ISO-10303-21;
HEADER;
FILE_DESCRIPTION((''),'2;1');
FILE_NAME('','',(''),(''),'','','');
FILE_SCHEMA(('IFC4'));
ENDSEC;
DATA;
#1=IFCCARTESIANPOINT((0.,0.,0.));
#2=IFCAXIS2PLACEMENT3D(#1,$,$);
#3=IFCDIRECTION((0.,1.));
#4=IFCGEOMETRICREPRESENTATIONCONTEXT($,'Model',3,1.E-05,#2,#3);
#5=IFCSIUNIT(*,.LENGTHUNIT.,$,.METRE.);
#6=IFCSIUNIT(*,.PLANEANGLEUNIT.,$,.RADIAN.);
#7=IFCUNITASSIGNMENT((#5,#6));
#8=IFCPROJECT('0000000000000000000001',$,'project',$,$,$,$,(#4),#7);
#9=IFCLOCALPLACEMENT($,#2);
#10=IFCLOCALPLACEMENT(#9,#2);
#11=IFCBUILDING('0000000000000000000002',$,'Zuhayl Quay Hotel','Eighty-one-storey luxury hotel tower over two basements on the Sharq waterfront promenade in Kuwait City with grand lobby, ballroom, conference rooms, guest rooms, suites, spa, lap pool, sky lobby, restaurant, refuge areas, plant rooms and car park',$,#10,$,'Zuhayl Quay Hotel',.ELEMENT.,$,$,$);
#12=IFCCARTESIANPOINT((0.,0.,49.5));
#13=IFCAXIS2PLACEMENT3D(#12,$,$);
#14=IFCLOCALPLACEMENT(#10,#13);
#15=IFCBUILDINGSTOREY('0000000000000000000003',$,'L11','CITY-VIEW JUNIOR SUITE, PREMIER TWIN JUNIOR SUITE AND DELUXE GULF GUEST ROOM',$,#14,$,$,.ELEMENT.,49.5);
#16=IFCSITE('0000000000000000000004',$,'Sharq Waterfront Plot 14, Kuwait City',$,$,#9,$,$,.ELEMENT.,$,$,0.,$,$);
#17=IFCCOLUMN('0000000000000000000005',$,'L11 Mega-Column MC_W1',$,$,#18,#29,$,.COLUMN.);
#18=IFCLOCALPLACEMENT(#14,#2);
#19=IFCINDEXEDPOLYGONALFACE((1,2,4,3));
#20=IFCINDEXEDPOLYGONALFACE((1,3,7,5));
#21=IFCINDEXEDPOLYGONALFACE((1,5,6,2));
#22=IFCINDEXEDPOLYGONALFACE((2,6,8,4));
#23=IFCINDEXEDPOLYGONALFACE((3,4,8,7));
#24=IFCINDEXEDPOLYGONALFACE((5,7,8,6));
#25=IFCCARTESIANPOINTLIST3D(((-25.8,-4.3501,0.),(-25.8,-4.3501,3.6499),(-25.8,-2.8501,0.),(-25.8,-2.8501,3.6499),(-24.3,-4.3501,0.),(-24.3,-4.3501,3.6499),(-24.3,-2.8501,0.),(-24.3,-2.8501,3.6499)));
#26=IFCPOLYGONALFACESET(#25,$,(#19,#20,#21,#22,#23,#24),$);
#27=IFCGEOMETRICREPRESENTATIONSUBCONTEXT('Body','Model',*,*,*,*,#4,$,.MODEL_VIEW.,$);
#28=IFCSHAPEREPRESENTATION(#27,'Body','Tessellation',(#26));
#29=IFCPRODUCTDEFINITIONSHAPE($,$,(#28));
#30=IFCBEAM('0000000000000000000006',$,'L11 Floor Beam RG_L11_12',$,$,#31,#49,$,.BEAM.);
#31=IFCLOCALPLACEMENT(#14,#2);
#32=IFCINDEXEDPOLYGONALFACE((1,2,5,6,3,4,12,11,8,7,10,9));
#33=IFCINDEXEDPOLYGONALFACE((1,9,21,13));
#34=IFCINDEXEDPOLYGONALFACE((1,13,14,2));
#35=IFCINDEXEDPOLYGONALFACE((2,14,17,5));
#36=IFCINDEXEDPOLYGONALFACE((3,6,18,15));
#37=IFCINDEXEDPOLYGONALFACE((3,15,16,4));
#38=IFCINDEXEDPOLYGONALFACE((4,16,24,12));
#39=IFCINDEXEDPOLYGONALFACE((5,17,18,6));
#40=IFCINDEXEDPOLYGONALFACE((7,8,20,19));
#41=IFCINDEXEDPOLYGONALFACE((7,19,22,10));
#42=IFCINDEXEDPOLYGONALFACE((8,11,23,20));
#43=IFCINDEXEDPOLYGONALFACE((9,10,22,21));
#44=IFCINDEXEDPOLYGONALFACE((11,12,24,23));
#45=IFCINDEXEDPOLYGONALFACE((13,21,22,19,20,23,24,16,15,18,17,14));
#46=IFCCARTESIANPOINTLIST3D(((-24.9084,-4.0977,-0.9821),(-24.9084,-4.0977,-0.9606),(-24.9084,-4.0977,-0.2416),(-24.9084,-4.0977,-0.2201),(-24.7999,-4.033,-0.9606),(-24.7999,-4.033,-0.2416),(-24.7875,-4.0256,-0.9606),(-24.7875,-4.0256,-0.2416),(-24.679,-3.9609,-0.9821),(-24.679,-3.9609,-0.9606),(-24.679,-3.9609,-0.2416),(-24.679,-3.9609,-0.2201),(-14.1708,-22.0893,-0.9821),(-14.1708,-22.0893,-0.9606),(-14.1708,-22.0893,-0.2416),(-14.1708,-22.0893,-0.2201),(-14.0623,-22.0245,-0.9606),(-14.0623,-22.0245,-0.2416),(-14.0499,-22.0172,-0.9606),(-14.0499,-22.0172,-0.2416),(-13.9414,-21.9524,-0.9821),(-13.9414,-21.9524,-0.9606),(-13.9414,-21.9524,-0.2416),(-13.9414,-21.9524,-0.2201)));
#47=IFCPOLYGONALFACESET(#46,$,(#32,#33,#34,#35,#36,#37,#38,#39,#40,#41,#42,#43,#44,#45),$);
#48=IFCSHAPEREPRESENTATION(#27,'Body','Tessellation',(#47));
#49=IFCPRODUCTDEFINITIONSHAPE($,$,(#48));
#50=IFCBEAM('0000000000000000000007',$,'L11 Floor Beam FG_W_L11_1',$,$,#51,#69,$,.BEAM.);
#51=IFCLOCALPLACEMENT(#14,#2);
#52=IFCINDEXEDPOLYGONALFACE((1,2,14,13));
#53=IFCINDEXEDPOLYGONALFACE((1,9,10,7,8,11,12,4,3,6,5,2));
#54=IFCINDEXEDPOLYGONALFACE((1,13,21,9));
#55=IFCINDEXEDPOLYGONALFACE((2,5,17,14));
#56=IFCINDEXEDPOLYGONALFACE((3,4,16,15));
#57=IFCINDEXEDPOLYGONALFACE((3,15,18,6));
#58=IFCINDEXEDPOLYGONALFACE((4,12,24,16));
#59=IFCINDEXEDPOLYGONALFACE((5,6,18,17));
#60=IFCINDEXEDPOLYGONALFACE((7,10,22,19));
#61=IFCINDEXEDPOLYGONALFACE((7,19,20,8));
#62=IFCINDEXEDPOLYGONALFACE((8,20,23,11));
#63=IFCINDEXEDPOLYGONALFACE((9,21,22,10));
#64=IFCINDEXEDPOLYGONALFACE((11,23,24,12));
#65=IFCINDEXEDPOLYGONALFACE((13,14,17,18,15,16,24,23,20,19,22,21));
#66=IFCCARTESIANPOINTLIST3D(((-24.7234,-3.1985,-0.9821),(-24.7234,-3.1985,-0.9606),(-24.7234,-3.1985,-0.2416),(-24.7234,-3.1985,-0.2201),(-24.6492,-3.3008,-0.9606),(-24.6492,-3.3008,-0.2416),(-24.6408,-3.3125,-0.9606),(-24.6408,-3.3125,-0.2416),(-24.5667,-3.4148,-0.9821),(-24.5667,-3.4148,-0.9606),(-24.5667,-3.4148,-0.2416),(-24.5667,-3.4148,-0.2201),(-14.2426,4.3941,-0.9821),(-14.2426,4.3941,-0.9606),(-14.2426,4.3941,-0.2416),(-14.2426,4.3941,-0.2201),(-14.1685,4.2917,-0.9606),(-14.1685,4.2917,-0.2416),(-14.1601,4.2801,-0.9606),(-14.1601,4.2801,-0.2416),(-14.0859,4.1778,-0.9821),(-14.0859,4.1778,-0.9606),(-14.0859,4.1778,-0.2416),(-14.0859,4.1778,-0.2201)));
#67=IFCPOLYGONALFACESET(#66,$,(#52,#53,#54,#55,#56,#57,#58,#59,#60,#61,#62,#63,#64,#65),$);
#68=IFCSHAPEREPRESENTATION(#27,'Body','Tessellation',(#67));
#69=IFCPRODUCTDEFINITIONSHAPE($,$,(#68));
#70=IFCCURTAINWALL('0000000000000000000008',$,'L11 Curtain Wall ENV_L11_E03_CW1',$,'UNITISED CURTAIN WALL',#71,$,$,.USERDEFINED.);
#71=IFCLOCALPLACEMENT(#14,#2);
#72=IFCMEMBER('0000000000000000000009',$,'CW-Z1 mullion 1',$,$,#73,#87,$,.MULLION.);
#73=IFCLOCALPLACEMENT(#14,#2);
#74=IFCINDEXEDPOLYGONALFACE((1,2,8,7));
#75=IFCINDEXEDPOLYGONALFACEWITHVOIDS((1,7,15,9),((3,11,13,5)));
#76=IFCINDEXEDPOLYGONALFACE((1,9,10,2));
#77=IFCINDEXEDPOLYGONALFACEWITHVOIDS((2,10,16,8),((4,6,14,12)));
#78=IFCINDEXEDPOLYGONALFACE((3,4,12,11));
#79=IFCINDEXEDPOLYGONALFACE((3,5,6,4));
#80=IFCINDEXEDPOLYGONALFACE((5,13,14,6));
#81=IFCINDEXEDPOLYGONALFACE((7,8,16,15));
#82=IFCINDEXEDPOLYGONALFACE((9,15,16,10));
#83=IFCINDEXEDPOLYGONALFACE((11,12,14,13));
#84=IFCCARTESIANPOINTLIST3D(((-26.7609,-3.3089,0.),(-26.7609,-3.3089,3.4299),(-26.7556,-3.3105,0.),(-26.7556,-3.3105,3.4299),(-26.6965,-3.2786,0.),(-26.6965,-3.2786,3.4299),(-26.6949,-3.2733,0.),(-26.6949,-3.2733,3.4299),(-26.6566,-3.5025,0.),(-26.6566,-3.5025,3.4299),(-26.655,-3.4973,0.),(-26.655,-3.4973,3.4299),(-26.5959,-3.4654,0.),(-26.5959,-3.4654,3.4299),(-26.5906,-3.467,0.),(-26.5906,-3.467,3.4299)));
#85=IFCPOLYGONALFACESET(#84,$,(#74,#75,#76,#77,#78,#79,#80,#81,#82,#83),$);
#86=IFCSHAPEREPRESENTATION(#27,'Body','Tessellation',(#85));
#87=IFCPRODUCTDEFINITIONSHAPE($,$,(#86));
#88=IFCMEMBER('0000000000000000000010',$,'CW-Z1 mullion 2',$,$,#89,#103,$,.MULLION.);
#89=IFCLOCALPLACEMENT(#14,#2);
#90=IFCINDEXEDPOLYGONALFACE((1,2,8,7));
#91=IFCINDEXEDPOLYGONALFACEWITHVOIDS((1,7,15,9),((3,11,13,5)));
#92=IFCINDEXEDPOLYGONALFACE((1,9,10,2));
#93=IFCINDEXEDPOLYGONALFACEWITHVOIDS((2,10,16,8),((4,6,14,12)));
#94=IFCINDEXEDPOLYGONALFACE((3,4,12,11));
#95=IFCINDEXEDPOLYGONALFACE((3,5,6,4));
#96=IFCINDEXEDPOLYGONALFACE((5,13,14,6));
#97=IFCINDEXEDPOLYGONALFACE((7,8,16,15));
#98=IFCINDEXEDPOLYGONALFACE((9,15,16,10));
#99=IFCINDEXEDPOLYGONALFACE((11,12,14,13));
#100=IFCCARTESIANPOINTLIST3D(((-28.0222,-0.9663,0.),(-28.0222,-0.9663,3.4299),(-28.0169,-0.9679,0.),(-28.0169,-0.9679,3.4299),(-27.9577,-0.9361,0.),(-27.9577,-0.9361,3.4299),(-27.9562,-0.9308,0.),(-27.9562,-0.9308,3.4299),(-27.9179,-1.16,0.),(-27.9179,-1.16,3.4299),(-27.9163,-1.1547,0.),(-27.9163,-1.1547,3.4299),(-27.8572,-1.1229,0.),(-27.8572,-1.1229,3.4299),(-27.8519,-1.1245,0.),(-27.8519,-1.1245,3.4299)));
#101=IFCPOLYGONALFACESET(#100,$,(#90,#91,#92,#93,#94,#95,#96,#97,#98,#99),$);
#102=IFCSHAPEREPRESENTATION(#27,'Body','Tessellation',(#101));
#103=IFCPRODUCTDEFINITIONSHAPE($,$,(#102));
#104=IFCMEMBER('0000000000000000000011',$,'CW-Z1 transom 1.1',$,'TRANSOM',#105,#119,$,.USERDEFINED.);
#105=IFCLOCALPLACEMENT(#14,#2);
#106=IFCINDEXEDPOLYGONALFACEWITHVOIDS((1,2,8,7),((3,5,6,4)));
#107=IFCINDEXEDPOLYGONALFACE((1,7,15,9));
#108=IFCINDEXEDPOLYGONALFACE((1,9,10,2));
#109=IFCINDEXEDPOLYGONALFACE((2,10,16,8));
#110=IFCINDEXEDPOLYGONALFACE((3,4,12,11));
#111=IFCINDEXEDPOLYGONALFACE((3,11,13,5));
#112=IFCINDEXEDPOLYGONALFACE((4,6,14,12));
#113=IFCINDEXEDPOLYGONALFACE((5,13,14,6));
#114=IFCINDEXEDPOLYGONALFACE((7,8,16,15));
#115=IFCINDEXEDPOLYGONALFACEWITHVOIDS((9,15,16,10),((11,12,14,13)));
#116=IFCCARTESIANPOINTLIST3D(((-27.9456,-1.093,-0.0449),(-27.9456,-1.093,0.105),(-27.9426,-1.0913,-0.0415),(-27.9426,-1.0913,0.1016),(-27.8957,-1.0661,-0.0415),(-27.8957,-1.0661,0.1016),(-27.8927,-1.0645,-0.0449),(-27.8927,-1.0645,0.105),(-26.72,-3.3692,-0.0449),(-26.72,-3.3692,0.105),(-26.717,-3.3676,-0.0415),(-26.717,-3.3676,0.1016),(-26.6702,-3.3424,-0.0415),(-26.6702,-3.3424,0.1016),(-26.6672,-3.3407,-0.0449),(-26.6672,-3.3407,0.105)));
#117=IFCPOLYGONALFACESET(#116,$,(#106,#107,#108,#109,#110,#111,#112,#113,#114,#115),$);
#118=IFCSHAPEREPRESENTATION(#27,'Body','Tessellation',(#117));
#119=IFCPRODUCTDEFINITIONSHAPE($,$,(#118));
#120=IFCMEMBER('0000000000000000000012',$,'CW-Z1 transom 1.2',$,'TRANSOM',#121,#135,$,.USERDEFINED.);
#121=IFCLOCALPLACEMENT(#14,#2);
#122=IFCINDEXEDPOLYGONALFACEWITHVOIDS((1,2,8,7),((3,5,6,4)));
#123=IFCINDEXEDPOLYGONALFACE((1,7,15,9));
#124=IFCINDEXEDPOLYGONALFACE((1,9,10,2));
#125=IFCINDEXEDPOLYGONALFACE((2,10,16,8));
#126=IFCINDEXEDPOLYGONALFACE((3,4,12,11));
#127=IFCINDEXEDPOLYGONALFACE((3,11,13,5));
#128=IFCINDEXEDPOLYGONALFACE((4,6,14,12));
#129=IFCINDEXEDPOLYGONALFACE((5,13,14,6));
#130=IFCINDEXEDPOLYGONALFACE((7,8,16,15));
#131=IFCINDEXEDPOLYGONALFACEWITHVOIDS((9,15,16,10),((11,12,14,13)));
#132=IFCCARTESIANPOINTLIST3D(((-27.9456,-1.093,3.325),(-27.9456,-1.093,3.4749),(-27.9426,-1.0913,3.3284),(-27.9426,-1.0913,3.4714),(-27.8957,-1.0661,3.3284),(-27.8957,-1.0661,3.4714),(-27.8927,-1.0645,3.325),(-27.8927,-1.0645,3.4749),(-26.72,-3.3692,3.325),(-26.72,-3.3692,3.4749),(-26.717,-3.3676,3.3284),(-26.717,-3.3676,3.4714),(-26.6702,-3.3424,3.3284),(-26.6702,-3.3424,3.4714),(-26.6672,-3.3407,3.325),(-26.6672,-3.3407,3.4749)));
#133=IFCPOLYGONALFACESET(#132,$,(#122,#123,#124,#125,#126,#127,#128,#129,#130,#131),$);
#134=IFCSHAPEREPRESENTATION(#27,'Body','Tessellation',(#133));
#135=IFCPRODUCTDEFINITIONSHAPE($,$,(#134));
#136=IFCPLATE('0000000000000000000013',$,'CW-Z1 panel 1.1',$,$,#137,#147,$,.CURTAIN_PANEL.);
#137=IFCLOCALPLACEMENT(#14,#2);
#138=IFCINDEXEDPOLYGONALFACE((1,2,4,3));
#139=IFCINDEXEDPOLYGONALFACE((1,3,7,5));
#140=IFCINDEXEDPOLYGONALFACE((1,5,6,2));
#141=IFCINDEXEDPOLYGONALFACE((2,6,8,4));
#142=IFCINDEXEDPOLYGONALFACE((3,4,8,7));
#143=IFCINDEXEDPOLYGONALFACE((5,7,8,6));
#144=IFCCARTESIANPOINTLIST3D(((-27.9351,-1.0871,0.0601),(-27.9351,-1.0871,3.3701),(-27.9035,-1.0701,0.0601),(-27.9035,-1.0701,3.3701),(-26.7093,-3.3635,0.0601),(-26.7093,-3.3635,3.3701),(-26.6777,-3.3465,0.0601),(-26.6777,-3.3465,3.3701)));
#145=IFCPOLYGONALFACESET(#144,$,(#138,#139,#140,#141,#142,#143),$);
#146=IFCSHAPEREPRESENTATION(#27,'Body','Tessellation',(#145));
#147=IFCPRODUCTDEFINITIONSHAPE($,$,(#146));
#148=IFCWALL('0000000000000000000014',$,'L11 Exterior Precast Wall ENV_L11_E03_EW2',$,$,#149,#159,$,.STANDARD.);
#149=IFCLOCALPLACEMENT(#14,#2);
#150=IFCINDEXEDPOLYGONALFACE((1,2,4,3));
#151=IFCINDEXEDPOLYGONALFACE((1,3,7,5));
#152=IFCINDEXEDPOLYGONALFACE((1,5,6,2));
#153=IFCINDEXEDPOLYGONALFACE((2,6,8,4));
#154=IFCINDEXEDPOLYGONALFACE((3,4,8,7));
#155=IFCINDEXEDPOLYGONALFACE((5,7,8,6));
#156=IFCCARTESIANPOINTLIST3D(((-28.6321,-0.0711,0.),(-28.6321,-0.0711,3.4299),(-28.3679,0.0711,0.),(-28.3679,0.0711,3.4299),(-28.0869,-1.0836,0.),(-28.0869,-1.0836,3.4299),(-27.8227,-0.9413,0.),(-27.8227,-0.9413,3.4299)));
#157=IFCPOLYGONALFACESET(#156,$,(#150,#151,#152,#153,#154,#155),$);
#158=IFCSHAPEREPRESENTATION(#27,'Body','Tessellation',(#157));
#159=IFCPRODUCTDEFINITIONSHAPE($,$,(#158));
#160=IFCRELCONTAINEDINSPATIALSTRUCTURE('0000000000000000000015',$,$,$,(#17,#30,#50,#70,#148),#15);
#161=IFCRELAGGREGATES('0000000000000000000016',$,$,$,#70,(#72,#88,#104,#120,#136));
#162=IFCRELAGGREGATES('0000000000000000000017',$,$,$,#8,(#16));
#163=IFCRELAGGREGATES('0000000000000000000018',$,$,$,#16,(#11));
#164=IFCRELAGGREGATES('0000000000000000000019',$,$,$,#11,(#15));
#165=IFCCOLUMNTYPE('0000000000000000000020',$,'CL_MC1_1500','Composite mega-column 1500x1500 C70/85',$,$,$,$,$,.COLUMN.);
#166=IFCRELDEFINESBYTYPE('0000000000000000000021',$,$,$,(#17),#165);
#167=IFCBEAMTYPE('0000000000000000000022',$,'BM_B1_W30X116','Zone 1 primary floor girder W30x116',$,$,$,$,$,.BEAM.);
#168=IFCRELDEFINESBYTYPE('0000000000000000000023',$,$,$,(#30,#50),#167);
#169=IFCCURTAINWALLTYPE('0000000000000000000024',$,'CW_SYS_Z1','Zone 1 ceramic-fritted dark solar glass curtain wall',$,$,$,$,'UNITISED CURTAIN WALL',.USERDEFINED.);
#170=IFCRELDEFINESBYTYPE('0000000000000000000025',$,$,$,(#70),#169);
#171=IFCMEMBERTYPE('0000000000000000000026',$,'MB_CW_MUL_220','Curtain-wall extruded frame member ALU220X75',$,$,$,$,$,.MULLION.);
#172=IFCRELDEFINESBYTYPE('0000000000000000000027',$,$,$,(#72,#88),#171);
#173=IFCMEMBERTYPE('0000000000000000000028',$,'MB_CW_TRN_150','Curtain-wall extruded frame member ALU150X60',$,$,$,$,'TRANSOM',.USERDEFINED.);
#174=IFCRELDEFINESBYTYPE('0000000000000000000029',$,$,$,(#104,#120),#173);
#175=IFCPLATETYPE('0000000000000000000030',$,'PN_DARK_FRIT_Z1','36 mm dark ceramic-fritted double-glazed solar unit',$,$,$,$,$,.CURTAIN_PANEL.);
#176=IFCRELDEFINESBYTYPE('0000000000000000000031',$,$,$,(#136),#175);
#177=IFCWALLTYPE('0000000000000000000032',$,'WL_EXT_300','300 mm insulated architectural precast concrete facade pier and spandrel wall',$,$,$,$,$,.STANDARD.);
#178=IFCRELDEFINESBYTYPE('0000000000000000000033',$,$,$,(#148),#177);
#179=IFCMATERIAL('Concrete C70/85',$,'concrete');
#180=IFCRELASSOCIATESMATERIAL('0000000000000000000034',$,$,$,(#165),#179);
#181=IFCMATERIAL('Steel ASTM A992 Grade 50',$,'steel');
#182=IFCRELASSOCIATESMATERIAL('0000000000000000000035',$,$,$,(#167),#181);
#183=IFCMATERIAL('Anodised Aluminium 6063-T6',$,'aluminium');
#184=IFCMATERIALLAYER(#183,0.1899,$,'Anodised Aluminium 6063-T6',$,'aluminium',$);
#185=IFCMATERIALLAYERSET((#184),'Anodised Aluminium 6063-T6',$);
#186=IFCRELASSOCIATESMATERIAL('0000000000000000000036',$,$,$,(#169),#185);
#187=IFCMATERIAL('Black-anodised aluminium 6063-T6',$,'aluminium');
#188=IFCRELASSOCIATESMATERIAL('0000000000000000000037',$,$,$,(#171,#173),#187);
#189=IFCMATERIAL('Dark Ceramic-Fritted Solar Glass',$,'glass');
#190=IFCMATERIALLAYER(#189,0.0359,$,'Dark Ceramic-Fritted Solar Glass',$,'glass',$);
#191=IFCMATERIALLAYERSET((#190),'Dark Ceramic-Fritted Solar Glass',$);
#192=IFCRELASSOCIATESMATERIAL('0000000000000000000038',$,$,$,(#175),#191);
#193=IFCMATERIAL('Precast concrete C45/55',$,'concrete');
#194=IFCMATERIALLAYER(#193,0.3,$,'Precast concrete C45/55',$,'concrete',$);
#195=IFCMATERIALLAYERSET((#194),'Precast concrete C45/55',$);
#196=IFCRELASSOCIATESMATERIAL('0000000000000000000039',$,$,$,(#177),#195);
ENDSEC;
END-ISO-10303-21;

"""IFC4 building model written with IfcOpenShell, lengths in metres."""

from ifc_helpers import new_model, si_unit, direction, frame, frame_2d, origin, origin_2d, place, context, subcontext, project, spatial, rectangle, hollow_rectangle, i_section, extrude, material, layer, layer_set, material_profile, profile_set, type_object, element, aggregate, save


model = new_model("IFC4")

# Units and contexts
model_context = context("Model", 3, precision=1e-05, world=origin(), true_north=direction((0.0, 1.0)))
body_context = subcontext(model_context, "Body", "Model", "MODEL_VIEW")
ifc_project = project(units=[si_unit("LENGTHUNIT", "METRE"), si_unit("PLANEANGLEUNIT", "RADIAN")], contexts=[model_context])

# Site, building, storey
site_placement = place(None, origin())
site = spatial("IfcSite", under=ifc_project, at=site_placement, Name="Sharq Waterfront Plot 14, Kuwait City", CompositionType="ELEMENT", RefElevation=0.0)
building_placement = place(site_placement, origin())
building = spatial("IfcBuilding", under=site, at=building_placement, Name="Zuhayl Quay Hotel", Description="Eighty-one-storey luxury hotel tower over two basements on the Sharq waterfront promenade in Kuwait City with grand lobby, ballroom, conference rooms, guest rooms, suites, spa, lap pool, sky lobby, restaurant, refuge areas, plant rooms and car park", LongName="Zuhayl Quay Hotel", CompositionType="ELEMENT")
storey_placement = place(building_placement, frame((0.0, 0.0, 49.5)))
storey = spatial("IfcBuildingStorey", under=building, at=storey_placement, Name="L11", Description="CITY-VIEW JUNIOR SUITE, PREMIER TWIN JUNIOR SUITE AND DELUXE GULF GUEST ROOM", CompositionType="ELEMENT", Elevation=49.5)

# Column
ifc_material_1 = material(Name="Concrete C70/85", Category="concrete")
ifc_material_profile_1 = material_profile(ifc_material_1, rectangle(XDim=1.5, YDim=1.5, at=origin_2d()), Name="RC1500X1500")
ifc_profile_set_1 = profile_set([ifc_material_profile_1], Name="Concrete C70/85")
column_type = type_object("IfcColumnType", Name="CL_MC1_1500", Description="Composite mega-column 1500x1500 C70/85", PredefinedType="COLUMN", material=ifc_profile_set_1)
column_placement = place(storey_placement, frame((-25.05, -3.6001, 0.0), z_axis=(0.0, 0.0, 1.0), x_axis=(1.0, 0.0, 0.0)))
element("IfcColumn", 1, at=column_placement, inside=storey, type_object=column_type, Name="L11 Mega-Column MC_W1", PredefinedType="COLUMN", context=body_context, shape_type="SweptSolid", body=[
    extrude(rectangle(XDim=1.5, YDim=1.5, at=origin_2d()), origin(), (0.0, 0.0, 1.0), 3.6499),
])

# Beams
ifc_material_2 = material(Name="Steel ASTM A992 Grade 50", Category="steel")
ifc_material_profile_2 = material_profile(ifc_material_2, i_section(OverallWidth=0.2671, OverallDepth=0.762, WebThickness=0.0144, FlangeThickness=0.0215, at=origin_2d()), Name="W30X116")
ifc_profile_set_2 = profile_set([ifc_material_profile_2], Name="Steel ASTM A992 Grade 50")
beam_type = type_object("IfcBeamType", Name="BM_B1_W30X116", Description="Zone 1 primary floor girder W30x116", PredefinedType="BEAM", material=ifc_profile_set_2)
beam_1_placement = place(storey_placement, frame((-24.7937, -4.0293, -0.6011), z_axis=(0.512483, -0.858698, 0.0), x_axis=(0.858698, 0.512483, 0.0)))
element("IfcBeam", 2, at=beam_1_placement, inside=storey, type_object=beam_type, Name="L11 Floor Beam RG_L11_12", PredefinedType="BEAM", context=body_context, shape_type="SweptSolid", body=[
    extrude(i_section(OverallWidth=0.2671, OverallDepth=0.762, WebThickness=0.0144, FlangeThickness=0.0215, at=origin_2d()), origin(), (0.0, 0.0, 1.0), 20.9521),
])
beam_2_placement = place(storey_placement, frame((-24.645, -3.3066, -0.6011), z_axis=(0.80983, 0.586664, 0.0), x_axis=(-0.586664, 0.80983, 0.0)))
element("IfcBeam", 3, at=beam_2_placement, inside=storey, type_object=beam_type, Name="L11 Floor Beam FG_W_L11_1", PredefinedType="BEAM", context=body_context, shape_type="SweptSolid", body=[
    extrude(i_section(OverallWidth=0.2671, OverallDepth=0.762, WebThickness=0.0144, FlangeThickness=0.0215, at=origin_2d()), origin(), (0.0, 0.0, 1.0), 12.9419),
])

# Curtain wall, members, plate
ifc_material_3 = material(Name="Anodised Aluminium 6063-T6", Category="aluminium")
ifc_layer_1 = layer(ifc_material_3, 0.1899, Name="Anodised Aluminium 6063-T6", Category="aluminium")
ifc_layer_set_1 = layer_set([ifc_layer_1], Name="Anodised Aluminium 6063-T6")
curtain_wall_type = type_object("IfcCurtainWallType", Name="CW_SYS_Z1", Description="Zone 1 ceramic-fritted dark solar glass curtain wall", ElementType="UNITISED CURTAIN WALL", PredefinedType="USERDEFINED", material=ifc_layer_set_1)
curtain_wall_placement = place(storey_placement, origin())
curtain_wall = element("IfcCurtainWall", 4, at=curtain_wall_placement, inside=storey, type_object=curtain_wall_type, Name="L11 Curtain Wall ENV_L11_E03_CW1", ObjectType="UNITISED CURTAIN WALL", PredefinedType="USERDEFINED")
ifc_material_4 = material(Name="Black-anodised aluminium 6063-T6", Category="aluminium")
ifc_material_profile_3 = material_profile(ifc_material_4, hollow_rectangle(XDim=0.075, YDim=0.22, WallThickness=0.0039, at=origin_2d()), Name="ALU220X75")
ifc_profile_set_3 = profile_set([ifc_material_profile_3], Name="Black-anodised aluminium 6063-T6")
member_type_1 = type_object("IfcMemberType", Name="MB_CW_MUL_220", Description="Curtain-wall extruded frame member ALU220X75", PredefinedType="MULLION", material=ifc_profile_set_3)
member_1_placement = place(storey_placement, frame((-26.6758, -3.3879, 0.0), z_axis=(0.0, 0.0, 1.0), x_axis=(-0.880476, -0.474091, 0.0)))
member_1 = element("IfcMember", 5, at=member_1_placement, type_object=member_type_1, Name="CW-Z1 mullion 1", PredefinedType="MULLION", context=body_context, shape_type="SweptSolid", body=[
    extrude(hollow_rectangle(XDim=0.075, YDim=0.22, WallThickness=0.0039, at=origin_2d()), origin(), (0.0, 0.0, 1.0), 3.4299),
])
member_2_placement = place(storey_placement, frame((-27.937, -1.0454, 0.0), z_axis=(0.0, 0.0, 1.0), x_axis=(-0.880476, -0.474091, 0.0)))
member_2 = element("IfcMember", 6, at=member_2_placement, type_object=member_type_1, Name="CW-Z1 mullion 2", PredefinedType="MULLION", context=body_context, shape_type="SweptSolid", body=[
    extrude(hollow_rectangle(XDim=0.075, YDim=0.22, WallThickness=0.0039, at=origin_2d()), origin(), (0.0, 0.0, 1.0), 3.4299),
])
ifc_material_profile_4 = material_profile(ifc_material_4, hollow_rectangle(XDim=0.0601, YDim=0.1499, WallThickness=0.0034, at=origin_2d()), Name="ALU150X60")
ifc_profile_set_4 = profile_set([ifc_material_profile_4], Name="Black-anodised aluminium 6063-T6")
member_type_2 = type_object("IfcMemberType", Name="MB_CW_TRN_150", Description="Curtain-wall extruded frame member ALU150X60", ElementType="TRANSOM", PredefinedType="USERDEFINED", material=ifc_profile_set_4)
member_3_placement = place(storey_placement, frame((-26.6936, -3.355, 0.03), z_axis=(-0.474055, 0.880495, 0.0), x_axis=(-0.880495, -0.474055, 0.0)))
member_3 = element("IfcMember", 7, at=member_3_placement, type_object=member_type_2, Name="CW-Z1 transom 1.1", ObjectType="TRANSOM", PredefinedType="USERDEFINED", context=body_context, shape_type="SweptSolid", body=[
    extrude(hollow_rectangle(XDim=0.0601, YDim=0.1499, WallThickness=0.0034, at=origin_2d()), origin(), (0.0, 0.0, 1.0), 2.5852),
])
member_4_placement = place(storey_placement, frame((-26.6936, -3.355, 3.3999), z_axis=(-0.474055, 0.880495, 0.0), x_axis=(-0.880495, -0.474055, 0.0)))
member_4 = element("IfcMember", 8, at=member_4_placement, type_object=member_type_2, Name="CW-Z1 transom 1.2", ObjectType="TRANSOM", PredefinedType="USERDEFINED", context=body_context, shape_type="SweptSolid", body=[
    extrude(hollow_rectangle(XDim=0.0601, YDim=0.1499, WallThickness=0.0034, at=origin_2d()), origin(), (0.0, 0.0, 1.0), 2.5852),
])
ifc_material_5 = material(Name="Dark Ceramic-Fritted Solar Glass", Category="glass")
ifc_layer_2 = layer(ifc_material_5, 0.0359, Name="Dark Ceramic-Fritted Solar Glass", Category="glass")
ifc_layer_set_2 = layer_set([ifc_layer_2], Name="Dark Ceramic-Fritted Solar Glass")
plate_type = type_object("IfcPlateType", Name="PN_DARK_FRIT_Z1", Description="36 mm dark ceramic-fritted double-glazed solar unit", PredefinedType="CURTAIN_PANEL", material=ifc_layer_set_2)
plate_placement = place(storey_placement, frame((-27.3064, -2.2168, 0.0601), z_axis=(0.0, 0.0, 1.0), x_axis=(-0.474091, 0.880476, 0.0)))
plate = element("IfcPlate", 9, at=plate_placement, type_object=plate_type, Name="CW-Z1 panel 1.1", PredefinedType="CURTAIN_PANEL", context=body_context, shape_type="SweptSolid", body=[
    extrude(rectangle(XDim=2.5854, YDim=0.0359, at=origin_2d()), origin(), (0.0, 0.0, 1.0), 3.3101),
])
aggregate(curtain_wall, [member_1, member_2, member_3, member_4, plate])

# Wall
ifc_material_6 = material(Name="Precast concrete C45/55", Category="concrete")
ifc_layer_3 = layer(ifc_material_6, 0.3, Name="Precast concrete C45/55", Category="concrete")
ifc_layer_set_3 = layer_set([ifc_layer_3], Name="Precast concrete C45/55")
wall_type_1 = type_object("IfcWallType", Name="WL_EXT_300", Description="300 mm insulated architectural precast concrete facade pier and spandrel wall", PredefinedType="STANDARD", material=ifc_layer_set_3)
wall_1_placement = place(storey_placement, frame((-27.9548, -1.0125, 0.0), z_axis=(0.0, 0.0, 1.0), x_axis=(-0.4741, 0.880471, 0.0)))
element("IfcWall", 10, at=wall_1_placement, inside=storey, type_object=wall_type_1, Name="L11 Exterior Precast Wall ENV_L11_E03_EW2", PredefinedType="STANDARD", context=body_context, shape_type="SweptSolid", body=[
    extrude(rectangle(XDim=1.1499, YDim=0.3, at=frame_2d((0.575, 0.0))), origin(), (0.0, 0.0, 1.0), 3.4299),
])

save(model, "model.ifc")
